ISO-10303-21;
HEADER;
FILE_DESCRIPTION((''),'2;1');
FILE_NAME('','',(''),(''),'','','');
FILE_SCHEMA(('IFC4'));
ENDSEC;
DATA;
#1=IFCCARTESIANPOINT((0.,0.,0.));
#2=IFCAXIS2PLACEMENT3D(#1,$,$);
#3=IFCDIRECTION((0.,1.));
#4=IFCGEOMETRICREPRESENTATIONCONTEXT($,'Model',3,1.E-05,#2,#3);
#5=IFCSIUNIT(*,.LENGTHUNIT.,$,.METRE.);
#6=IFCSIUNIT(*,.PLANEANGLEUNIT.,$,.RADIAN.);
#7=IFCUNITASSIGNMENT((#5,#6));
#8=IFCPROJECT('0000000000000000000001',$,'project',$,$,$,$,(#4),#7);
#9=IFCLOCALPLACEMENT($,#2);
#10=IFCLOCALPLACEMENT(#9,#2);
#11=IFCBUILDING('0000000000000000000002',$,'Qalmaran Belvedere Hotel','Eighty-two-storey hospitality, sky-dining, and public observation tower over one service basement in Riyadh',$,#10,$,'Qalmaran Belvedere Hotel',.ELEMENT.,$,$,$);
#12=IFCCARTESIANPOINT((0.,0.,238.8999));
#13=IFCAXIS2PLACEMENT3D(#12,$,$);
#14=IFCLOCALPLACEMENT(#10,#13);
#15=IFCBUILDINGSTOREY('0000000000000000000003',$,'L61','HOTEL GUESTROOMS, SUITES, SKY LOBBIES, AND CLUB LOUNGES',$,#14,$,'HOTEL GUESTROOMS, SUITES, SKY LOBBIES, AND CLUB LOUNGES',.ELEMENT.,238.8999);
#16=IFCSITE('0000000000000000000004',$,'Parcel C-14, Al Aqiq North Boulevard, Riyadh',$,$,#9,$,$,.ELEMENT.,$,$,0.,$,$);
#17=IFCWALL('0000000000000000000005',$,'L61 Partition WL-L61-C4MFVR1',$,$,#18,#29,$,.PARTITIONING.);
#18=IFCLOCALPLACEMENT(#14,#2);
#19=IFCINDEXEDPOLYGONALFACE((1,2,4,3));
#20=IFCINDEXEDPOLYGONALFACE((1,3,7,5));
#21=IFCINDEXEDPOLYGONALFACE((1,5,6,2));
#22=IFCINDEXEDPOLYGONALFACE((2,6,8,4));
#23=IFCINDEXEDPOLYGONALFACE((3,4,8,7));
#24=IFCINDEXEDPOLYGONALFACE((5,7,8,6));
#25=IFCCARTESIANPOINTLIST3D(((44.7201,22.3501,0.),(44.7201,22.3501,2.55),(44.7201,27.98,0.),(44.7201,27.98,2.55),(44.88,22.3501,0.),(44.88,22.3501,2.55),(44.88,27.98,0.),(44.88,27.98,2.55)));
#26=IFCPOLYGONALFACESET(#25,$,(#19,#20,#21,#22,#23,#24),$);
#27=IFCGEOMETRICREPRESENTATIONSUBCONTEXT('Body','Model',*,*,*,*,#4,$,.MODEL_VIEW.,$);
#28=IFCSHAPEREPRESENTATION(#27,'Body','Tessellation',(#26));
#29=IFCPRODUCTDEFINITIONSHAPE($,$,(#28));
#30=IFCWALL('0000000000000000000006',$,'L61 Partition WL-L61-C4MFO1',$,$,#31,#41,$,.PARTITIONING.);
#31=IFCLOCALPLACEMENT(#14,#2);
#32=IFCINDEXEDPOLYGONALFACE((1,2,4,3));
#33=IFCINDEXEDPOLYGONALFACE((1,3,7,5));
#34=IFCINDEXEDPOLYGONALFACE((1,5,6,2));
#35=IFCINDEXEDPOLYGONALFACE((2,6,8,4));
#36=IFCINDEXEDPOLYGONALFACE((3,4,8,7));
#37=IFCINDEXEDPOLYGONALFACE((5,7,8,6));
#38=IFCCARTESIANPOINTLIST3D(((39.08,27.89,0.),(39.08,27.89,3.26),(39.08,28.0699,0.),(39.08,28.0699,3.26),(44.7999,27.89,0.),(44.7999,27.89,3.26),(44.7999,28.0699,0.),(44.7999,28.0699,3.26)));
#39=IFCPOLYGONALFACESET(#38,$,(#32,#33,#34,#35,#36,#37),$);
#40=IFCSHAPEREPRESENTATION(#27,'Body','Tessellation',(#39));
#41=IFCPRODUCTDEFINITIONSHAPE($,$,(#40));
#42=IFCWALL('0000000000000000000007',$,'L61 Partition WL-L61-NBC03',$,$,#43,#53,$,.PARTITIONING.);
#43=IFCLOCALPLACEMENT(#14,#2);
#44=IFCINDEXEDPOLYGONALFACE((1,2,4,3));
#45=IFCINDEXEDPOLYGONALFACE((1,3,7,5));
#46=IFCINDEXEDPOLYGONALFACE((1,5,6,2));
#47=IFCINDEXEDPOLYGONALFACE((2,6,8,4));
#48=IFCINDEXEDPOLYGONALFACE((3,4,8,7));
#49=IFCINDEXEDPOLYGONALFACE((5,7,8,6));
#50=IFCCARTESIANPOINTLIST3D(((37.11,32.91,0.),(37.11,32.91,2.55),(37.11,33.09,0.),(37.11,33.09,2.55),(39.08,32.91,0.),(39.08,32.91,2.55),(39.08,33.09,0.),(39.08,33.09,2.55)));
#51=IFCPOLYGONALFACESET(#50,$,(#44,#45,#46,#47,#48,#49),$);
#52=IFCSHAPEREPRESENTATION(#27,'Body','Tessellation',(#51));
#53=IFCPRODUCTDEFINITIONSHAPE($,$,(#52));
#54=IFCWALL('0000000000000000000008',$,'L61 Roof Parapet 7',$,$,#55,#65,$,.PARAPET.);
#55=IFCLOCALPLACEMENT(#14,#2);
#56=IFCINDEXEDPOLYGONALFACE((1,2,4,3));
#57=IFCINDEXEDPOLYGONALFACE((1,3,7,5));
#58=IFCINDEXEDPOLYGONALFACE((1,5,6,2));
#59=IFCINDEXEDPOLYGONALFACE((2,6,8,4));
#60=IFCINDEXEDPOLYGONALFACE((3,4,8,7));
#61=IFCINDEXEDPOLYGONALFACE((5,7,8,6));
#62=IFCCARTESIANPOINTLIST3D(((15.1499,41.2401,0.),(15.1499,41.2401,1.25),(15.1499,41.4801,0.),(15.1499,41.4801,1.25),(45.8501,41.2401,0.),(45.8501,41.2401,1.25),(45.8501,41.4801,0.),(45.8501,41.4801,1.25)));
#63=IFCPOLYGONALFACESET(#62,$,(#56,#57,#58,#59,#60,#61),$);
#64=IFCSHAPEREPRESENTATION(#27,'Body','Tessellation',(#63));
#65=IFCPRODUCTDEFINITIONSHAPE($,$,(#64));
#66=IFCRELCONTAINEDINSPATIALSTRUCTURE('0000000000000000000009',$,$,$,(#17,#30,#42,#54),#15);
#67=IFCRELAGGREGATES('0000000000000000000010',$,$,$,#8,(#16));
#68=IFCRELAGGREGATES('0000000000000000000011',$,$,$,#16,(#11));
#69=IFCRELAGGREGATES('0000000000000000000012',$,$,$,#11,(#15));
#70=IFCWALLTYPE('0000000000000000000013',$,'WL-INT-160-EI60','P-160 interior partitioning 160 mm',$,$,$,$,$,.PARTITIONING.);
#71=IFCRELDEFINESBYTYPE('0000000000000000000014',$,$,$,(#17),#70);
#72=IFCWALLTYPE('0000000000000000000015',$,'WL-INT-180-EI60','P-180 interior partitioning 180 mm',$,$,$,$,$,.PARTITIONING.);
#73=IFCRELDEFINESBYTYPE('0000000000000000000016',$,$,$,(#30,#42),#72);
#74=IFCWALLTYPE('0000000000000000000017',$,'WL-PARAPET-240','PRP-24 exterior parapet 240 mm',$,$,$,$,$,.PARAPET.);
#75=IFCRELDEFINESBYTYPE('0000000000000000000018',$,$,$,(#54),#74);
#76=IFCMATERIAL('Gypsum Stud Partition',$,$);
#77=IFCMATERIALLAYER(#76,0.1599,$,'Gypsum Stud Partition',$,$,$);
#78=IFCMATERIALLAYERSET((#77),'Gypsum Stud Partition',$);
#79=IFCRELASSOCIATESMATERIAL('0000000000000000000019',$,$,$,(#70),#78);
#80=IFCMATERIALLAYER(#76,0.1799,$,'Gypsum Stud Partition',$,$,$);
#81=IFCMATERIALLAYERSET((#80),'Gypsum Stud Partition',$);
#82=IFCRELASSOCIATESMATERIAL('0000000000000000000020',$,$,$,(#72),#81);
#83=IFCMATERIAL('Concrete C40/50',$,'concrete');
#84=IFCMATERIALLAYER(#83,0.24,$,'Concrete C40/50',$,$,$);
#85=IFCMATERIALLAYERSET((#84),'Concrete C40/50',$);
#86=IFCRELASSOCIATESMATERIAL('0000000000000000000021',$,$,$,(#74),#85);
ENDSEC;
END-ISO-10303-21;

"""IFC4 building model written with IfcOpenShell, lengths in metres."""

from ifc_helpers import new_model, si_unit, direction, frame, frame_2d, origin, place, context, subcontext, project, spatial, rectangle, extrude, material, layer, layer_set, type_object, element, save


model = new_model("IFC4")

# Units and contexts
model_context = context("Model", 3, precision=1e-05, world=origin(), true_north=direction((0.0, 1.0)))
body_context = subcontext(model_context, "Body", "Model", "MODEL_VIEW")
ifc_project = project(units=[si_unit("LENGTHUNIT", "METRE"), si_unit("PLANEANGLEUNIT", "RADIAN")], contexts=[model_context])

# Site, building, storey
site_placement = place(None, origin())
site = spatial("IfcSite", under=ifc_project, at=site_placement, Name="Parcel C-14, Al Aqiq North Boulevard, Riyadh", CompositionType="ELEMENT", RefElevation=0.0)
building_placement = place(site_placement, origin())
building = spatial("IfcBuilding", under=site, at=building_placement, Name="Qalmaran Belvedere Hotel", Description="Eighty-two-storey hospitality, sky-dining, and public observation tower over one service basement in Riyadh", LongName="Qalmaran Belvedere Hotel", CompositionType="ELEMENT")
storey_placement = place(building_placement, frame((0.0, 0.0, 238.8999)))
storey = spatial("IfcBuildingStorey", under=building, at=storey_placement, Name="L61", Description="HOTEL GUESTROOMS, SUITES, SKY LOBBIES, AND CLUB LOUNGES", LongName="HOTEL GUESTROOMS, SUITES, SKY LOBBIES, AND CLUB LOUNGES", CompositionType="ELEMENT", Elevation=238.8999)

# Shared definitions
ifc_material_1 = material(Name="Gypsum Stud Partition")
ifc_layer_1 = layer(ifc_material_1, 0.1599, Name="Gypsum Stud Partition")
ifc_layer_set_1 = layer_set([ifc_layer_1], Name="Gypsum Stud Partition")
wall_type_1 = type_object("IfcWallType", Name="WL-INT-160-EI60", Description="P-160 interior partitioning 160 mm", PredefinedType="PARTITIONING", material=ifc_layer_set_1)

# Wall
wall_1_placement = place(storey_placement, frame((44.8, 22.3501, 0.0), z_axis=(0.0, 0.0, 1.0), x_axis=(0.0, 1.0, 0.0)))
element("IfcWall", 1, at=wall_1_placement, inside=storey, type_object=wall_type_1, Name="L61 Partition WL-L61-C4MFVR1", PredefinedType="PARTITIONING", context=body_context, shape_type="SweptSolid", body=[
    extrude(rectangle(XDim=5.6299, YDim=0.1599, at=frame_2d((2.8149, 0.0))), origin(), (0.0, 0.0, 1.0), 2.55),
])

# Shared definitions
ifc_layer_2 = layer(ifc_material_1, 0.1799, Name="Gypsum Stud Partition")
ifc_layer_set_2 = layer_set([ifc_layer_2], Name="Gypsum Stud Partition")
wall_type_2 = type_object("IfcWallType", Name="WL-INT-180-EI60", Description="P-180 interior partitioning 180 mm", PredefinedType="PARTITIONING", material=ifc_layer_set_2)

# Walls
wall_2_placement = place(storey_placement, frame((39.0801, 27.98, 0.0), z_axis=(0.0, 0.0, 1.0), x_axis=(1.0, 0.0, 0.0)))
element("IfcWall", 2, at=wall_2_placement, inside=storey, type_object=wall_type_2, Name="L61 Partition WL-L61-C4MFO1", PredefinedType="PARTITIONING", context=body_context, shape_type="SweptSolid", body=[
    extrude(rectangle(XDim=5.72, YDim=0.1799, at=frame_2d((2.8599, 0.0))), origin(), (0.0, 0.0, 1.0), 3.26),
])
wall_3_placement = place(storey_placement, frame((37.1101, 33.0, 0.0), z_axis=(0.0, 0.0, 1.0), x_axis=(1.0, 0.0, 0.0)))
element("IfcWall", 3, at=wall_3_placement, inside=storey, type_object=wall_type_2, Name="L61 Partition WL-L61-NBC03", PredefinedType="PARTITIONING", context=body_context, shape_type="SweptSolid", body=[
    extrude(rectangle(XDim=1.97, YDim=0.1799, at=frame_2d((0.9849, 0.0))), origin(), (0.0, 0.0, 1.0), 2.55),
])
ifc_material_2 = material(Name="Concrete C40/50", Category="concrete")
ifc_layer_3 = layer(ifc_material_2, 0.24, Name="Concrete C40/50")
ifc_layer_set_3 = layer_set([ifc_layer_3], Name="Concrete C40/50")
wall_type_3 = type_object("IfcWallType", Name="WL-PARAPET-240", Description="PRP-24 exterior parapet 240 mm", PredefinedType="PARAPET", material=ifc_layer_set_3)
wall_4_placement = place(storey_placement, frame((45.8501, 41.3601, 0.0), z_axis=(0.0, 0.0, 1.0), x_axis=(-1.0, 0.0, 0.0)))
element("IfcWall", 4, at=wall_4_placement, inside=storey, type_object=wall_type_3, Name="L61 Roof Parapet 7", PredefinedType="PARAPET", context=body_context, shape_type="SweptSolid", body=[
    extrude(rectangle(XDim=30.7002, YDim=0.24, at=frame_2d((15.3501, 0.0))), origin(), (0.0, 0.0, 1.0), 1.25),
])

save(model, "model.ifc")
